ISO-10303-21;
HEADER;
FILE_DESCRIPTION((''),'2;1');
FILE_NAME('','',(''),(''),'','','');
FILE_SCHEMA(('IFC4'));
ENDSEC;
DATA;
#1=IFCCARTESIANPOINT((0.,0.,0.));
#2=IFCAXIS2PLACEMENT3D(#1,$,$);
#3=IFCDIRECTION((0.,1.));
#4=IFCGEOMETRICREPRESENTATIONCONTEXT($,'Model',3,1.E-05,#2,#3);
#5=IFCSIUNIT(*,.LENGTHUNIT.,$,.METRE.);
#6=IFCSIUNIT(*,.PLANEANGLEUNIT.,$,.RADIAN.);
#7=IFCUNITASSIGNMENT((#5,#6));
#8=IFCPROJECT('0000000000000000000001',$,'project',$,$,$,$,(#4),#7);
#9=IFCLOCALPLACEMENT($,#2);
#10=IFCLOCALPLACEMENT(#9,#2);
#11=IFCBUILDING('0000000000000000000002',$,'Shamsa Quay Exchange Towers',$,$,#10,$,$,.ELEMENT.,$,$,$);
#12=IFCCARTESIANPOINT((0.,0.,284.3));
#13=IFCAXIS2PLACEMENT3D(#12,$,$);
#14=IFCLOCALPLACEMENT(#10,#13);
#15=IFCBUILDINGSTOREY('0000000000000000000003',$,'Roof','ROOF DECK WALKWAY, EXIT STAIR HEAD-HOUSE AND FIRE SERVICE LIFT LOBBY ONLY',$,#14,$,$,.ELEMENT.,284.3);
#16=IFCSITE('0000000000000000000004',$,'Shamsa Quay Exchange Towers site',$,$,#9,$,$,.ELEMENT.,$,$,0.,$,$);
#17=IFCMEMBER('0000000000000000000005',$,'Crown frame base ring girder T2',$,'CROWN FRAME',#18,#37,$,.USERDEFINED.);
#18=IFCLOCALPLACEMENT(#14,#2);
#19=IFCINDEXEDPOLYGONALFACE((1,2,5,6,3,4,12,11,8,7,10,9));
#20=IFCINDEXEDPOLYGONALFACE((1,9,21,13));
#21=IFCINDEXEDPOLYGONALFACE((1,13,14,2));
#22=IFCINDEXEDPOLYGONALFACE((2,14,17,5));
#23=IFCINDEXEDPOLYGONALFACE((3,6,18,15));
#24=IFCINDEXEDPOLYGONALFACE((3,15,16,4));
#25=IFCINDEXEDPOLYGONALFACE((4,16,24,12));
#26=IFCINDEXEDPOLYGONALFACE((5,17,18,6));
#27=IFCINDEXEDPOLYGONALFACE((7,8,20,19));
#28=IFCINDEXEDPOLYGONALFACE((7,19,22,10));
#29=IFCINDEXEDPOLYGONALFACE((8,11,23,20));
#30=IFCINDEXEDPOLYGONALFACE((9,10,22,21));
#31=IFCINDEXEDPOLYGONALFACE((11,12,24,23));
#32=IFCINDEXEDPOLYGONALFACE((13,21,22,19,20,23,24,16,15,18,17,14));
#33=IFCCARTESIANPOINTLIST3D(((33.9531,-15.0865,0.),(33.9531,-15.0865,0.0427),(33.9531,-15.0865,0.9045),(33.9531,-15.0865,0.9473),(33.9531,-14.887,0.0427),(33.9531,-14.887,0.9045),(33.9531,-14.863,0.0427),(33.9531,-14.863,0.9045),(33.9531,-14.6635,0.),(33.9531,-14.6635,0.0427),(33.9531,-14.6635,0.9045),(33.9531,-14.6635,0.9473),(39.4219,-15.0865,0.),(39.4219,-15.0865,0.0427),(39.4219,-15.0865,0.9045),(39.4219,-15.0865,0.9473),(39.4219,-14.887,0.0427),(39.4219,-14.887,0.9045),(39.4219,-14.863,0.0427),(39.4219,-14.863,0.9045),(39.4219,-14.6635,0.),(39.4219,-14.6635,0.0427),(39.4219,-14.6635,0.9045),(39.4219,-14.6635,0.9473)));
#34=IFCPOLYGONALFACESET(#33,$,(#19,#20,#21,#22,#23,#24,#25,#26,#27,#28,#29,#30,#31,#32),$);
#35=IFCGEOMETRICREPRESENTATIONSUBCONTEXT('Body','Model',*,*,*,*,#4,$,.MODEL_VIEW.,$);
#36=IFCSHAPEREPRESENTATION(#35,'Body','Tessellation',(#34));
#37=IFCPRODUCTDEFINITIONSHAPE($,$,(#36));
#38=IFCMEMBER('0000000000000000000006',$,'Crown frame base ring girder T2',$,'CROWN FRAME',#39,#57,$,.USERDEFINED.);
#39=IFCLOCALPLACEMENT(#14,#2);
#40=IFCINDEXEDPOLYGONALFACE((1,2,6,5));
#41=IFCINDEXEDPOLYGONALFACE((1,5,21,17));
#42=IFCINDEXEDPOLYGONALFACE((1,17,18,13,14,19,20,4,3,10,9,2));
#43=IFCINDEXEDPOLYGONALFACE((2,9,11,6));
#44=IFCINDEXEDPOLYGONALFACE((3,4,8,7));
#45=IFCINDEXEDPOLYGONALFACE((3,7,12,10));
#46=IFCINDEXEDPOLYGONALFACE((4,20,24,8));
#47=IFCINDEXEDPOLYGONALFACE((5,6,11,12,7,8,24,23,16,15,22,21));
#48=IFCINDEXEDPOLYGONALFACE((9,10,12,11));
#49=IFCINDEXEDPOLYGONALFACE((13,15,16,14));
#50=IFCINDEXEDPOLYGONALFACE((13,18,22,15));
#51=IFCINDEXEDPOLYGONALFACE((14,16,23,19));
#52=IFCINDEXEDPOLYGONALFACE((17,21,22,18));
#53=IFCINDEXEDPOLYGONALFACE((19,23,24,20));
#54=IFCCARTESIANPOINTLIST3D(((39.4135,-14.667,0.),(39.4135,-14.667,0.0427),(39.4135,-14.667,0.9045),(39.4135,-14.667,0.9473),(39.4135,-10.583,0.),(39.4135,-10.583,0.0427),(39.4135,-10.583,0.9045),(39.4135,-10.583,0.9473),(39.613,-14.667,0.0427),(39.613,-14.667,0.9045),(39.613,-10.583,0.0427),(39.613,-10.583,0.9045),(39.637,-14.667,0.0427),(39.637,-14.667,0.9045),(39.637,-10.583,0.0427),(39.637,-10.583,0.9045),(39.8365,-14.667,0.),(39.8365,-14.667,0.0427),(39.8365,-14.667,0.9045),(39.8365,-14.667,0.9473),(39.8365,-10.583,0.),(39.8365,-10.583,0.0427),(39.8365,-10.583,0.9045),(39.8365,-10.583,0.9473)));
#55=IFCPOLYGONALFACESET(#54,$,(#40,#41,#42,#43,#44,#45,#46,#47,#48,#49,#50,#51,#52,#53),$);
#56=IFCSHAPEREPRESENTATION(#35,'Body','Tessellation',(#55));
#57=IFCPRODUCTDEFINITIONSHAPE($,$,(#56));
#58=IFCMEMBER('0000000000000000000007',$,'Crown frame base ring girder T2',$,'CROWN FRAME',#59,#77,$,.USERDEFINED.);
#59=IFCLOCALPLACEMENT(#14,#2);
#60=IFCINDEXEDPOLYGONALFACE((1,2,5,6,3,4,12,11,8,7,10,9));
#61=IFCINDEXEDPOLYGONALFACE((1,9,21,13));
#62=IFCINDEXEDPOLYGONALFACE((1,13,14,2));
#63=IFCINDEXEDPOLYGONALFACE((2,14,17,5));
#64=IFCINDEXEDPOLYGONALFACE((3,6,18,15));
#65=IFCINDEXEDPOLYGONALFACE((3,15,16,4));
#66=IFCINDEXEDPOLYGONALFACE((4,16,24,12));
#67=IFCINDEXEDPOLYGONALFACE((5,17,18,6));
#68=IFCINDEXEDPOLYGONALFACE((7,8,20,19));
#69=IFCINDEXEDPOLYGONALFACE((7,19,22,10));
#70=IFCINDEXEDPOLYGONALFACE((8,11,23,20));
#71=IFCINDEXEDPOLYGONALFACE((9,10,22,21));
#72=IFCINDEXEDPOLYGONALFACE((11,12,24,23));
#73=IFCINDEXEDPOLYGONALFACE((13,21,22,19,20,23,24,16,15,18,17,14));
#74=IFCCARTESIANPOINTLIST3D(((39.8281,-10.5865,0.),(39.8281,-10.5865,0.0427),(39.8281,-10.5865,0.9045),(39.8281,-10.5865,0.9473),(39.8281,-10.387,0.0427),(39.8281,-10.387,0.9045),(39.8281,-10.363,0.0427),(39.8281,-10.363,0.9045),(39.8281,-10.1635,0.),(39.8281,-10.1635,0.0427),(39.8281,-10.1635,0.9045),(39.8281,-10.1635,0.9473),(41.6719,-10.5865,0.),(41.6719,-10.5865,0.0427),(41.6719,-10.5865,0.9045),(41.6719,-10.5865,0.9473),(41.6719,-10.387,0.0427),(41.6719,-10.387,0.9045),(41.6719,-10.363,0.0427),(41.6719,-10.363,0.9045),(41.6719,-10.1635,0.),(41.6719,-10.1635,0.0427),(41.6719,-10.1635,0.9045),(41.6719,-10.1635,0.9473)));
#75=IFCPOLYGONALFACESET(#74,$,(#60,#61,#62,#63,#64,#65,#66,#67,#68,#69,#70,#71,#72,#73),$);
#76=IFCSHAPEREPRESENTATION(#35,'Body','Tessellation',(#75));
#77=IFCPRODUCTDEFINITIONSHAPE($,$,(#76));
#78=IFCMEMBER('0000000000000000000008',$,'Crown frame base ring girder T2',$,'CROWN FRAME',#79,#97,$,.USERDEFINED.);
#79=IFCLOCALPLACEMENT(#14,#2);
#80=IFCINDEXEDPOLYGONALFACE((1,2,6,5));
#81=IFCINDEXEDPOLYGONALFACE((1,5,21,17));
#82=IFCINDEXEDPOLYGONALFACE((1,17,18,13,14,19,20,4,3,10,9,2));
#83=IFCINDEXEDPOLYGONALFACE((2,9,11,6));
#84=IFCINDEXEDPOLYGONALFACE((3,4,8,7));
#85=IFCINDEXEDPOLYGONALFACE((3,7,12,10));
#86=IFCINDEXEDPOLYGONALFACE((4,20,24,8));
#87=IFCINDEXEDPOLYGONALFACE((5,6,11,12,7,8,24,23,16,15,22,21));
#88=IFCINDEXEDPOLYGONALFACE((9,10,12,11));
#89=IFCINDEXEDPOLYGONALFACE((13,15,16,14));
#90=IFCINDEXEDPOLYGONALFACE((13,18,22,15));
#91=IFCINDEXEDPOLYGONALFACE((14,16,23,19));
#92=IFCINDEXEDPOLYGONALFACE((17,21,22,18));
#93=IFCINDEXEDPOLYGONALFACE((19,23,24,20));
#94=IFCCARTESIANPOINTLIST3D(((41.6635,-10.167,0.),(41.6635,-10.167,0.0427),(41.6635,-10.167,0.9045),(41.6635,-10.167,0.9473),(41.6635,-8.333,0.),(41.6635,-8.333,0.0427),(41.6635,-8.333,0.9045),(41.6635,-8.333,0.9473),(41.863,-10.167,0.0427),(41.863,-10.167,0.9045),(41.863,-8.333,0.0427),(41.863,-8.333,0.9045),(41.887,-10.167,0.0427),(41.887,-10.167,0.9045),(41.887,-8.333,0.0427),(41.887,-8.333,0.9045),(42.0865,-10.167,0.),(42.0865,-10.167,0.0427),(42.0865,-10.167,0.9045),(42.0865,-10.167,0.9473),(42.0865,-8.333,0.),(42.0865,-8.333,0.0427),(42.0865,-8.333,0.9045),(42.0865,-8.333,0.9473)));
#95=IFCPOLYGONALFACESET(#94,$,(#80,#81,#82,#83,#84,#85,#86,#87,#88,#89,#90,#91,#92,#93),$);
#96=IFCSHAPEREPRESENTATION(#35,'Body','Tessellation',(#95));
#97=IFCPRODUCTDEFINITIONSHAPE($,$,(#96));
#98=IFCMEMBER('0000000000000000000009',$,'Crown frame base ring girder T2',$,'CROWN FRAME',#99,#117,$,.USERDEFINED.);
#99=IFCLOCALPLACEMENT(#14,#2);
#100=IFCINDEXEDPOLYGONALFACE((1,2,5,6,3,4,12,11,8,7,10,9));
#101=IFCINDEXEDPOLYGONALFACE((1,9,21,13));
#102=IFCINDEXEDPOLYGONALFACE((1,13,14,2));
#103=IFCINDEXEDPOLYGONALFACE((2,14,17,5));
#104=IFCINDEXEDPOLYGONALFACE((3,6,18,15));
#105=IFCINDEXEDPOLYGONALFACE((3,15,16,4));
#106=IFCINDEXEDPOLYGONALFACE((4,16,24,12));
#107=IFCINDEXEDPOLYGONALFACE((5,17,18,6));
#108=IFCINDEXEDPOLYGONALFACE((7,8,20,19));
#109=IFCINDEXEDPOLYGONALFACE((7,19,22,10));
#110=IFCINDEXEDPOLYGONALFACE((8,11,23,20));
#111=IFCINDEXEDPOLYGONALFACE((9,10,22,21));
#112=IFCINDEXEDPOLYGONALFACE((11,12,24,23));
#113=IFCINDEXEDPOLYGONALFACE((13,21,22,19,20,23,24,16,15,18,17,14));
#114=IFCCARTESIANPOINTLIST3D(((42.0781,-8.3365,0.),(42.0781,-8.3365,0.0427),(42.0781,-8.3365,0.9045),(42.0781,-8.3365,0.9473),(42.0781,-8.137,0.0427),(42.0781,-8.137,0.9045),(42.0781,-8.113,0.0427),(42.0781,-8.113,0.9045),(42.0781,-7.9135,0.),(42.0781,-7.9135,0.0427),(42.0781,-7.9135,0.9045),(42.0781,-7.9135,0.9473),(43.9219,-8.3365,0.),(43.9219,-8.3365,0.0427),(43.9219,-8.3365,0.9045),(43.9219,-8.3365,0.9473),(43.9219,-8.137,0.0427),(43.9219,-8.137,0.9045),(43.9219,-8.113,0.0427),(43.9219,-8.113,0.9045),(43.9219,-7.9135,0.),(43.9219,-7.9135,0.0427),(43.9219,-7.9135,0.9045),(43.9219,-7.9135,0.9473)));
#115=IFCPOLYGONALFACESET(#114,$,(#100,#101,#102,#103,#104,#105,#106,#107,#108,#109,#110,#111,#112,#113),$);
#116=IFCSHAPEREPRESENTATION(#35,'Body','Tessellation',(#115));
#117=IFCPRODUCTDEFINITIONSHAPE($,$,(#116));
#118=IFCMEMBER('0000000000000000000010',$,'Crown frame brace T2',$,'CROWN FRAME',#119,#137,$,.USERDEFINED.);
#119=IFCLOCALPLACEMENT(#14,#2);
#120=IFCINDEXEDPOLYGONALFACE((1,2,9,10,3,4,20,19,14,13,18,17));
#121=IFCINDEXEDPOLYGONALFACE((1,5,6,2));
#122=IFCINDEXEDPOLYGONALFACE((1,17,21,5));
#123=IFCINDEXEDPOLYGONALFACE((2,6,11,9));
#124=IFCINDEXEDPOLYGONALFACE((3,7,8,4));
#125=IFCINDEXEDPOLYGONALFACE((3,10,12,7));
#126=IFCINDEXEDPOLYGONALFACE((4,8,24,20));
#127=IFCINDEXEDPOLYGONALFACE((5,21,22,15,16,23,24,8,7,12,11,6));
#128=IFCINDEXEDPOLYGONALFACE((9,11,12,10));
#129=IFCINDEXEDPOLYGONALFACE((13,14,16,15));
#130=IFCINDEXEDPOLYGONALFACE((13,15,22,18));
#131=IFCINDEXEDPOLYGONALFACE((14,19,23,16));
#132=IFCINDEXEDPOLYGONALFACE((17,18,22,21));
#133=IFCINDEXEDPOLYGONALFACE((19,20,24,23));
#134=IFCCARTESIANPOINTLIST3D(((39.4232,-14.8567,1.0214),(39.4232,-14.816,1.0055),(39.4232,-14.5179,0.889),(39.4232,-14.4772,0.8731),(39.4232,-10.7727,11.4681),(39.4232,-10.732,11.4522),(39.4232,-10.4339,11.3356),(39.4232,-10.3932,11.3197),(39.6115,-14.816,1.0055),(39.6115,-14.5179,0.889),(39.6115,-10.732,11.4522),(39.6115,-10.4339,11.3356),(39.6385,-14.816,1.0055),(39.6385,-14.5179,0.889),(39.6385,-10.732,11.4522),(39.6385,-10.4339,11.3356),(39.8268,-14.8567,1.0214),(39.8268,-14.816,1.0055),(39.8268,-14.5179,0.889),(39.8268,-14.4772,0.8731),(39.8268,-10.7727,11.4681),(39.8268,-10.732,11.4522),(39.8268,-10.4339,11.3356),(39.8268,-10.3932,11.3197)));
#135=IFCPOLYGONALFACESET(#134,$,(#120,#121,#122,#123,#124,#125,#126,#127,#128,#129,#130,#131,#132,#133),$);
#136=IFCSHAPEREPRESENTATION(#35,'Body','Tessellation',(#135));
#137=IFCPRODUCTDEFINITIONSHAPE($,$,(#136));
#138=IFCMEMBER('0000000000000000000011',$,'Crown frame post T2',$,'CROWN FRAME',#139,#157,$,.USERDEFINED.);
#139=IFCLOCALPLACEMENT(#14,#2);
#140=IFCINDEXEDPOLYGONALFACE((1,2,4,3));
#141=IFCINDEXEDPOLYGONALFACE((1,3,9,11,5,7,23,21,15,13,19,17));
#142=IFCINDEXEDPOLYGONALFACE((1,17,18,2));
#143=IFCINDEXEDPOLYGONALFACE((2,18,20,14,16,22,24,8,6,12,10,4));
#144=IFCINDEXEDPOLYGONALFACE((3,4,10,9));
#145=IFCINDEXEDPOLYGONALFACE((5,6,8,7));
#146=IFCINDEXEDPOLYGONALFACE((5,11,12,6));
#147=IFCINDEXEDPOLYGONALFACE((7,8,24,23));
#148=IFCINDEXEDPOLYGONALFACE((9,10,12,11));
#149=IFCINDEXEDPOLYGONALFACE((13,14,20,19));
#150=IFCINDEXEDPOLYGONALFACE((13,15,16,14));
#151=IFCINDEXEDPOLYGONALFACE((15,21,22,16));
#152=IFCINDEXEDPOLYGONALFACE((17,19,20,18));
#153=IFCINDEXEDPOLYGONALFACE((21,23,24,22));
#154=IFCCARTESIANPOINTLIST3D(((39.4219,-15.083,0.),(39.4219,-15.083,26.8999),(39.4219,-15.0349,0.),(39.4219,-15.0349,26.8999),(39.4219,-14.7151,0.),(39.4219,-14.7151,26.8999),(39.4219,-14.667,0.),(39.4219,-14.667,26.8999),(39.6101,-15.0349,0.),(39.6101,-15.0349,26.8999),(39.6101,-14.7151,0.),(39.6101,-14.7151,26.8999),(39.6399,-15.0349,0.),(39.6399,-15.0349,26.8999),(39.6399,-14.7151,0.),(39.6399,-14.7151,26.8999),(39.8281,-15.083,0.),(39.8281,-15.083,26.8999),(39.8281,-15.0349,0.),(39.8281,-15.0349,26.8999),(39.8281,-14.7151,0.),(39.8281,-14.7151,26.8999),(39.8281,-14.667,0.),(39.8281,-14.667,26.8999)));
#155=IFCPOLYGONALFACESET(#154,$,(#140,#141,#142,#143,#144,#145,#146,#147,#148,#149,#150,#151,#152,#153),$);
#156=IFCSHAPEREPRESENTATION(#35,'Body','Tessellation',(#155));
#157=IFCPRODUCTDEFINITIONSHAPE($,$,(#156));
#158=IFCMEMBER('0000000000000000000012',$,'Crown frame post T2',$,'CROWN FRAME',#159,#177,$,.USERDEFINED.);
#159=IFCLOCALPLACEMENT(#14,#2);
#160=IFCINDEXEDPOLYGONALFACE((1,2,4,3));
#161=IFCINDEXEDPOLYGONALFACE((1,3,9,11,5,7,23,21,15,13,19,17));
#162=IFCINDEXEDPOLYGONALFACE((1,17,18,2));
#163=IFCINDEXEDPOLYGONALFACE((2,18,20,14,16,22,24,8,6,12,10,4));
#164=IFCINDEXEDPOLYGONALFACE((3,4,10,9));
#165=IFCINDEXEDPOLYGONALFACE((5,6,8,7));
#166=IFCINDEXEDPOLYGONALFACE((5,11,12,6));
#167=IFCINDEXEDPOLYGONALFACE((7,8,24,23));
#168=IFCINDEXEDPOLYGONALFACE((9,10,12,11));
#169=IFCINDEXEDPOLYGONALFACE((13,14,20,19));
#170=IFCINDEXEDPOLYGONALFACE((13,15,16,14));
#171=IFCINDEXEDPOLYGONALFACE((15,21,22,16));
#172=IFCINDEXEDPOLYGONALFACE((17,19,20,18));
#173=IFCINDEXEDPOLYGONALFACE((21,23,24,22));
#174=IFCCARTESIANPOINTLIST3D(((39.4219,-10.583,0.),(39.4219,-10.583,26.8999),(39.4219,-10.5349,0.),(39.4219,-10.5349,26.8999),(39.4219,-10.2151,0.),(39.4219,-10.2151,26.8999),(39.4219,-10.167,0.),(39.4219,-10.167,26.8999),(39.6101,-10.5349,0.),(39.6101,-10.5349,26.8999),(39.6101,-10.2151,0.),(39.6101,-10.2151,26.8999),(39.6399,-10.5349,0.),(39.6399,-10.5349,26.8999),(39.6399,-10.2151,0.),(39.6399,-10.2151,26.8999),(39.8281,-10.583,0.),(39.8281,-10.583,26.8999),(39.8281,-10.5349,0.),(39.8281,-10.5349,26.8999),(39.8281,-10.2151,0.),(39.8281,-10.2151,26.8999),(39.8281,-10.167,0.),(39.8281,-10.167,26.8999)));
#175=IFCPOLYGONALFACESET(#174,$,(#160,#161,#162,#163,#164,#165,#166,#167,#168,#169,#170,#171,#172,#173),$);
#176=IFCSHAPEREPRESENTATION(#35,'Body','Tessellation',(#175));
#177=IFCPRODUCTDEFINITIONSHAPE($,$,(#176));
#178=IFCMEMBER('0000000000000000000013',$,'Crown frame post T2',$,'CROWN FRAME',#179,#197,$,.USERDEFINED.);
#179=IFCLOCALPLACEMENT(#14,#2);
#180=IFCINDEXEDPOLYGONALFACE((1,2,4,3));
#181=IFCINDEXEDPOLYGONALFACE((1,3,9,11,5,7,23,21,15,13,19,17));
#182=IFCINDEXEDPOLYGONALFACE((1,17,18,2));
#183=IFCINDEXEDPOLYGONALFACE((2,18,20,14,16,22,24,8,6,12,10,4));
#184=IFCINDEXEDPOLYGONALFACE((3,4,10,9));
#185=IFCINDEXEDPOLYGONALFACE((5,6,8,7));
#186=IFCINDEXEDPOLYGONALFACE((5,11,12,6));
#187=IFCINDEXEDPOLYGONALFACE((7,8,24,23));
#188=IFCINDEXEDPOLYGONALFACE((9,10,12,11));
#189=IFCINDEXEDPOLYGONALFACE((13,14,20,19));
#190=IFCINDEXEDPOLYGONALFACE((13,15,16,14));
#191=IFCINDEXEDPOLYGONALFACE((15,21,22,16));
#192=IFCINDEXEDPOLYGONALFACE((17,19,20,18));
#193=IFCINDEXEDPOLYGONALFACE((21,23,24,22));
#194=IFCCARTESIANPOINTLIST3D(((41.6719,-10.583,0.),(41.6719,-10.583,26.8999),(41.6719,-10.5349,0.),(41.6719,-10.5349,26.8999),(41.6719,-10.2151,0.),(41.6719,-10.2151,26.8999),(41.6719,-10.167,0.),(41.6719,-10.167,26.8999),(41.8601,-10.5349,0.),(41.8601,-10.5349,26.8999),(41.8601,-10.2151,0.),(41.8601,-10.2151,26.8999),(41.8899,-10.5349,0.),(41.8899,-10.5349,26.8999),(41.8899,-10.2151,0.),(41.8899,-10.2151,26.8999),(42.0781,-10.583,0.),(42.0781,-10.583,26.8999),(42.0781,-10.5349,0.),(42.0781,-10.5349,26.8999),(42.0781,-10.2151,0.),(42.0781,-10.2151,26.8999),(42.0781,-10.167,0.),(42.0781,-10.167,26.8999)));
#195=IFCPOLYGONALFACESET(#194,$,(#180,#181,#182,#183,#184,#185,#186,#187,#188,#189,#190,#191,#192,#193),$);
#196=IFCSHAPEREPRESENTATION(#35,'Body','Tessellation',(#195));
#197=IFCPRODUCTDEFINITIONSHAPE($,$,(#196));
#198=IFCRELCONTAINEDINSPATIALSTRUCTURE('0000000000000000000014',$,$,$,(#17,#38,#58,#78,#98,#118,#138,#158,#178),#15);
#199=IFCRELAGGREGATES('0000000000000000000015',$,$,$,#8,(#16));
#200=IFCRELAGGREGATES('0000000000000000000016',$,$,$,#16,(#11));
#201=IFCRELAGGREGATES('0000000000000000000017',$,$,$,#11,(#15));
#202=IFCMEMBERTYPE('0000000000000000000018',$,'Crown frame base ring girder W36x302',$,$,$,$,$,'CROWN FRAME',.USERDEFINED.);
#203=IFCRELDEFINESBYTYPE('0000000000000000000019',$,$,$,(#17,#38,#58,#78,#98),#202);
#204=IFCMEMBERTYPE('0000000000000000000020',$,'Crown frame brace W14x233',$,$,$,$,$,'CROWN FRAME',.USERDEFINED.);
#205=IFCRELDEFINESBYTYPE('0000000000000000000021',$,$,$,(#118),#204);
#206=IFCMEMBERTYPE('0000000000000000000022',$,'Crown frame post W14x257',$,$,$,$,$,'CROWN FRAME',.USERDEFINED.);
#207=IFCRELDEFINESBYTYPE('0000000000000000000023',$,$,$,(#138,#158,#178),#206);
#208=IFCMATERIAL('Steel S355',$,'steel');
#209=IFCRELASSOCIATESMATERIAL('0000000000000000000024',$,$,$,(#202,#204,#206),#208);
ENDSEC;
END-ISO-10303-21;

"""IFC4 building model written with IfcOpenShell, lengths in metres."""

from ifc_helpers import new_model, si_unit, direction, frame, origin, origin_2d, place, context, subcontext, project, spatial, i_section, extrude, material, material_profile, profile_set, type_object, element, save


model = new_model("IFC4")

# Units and contexts
model_context = context("Model", 3, precision=1e-05, world=origin(), true_north=direction((0.0, 1.0)))
body_context = subcontext(model_context, "Body", "Model", "MODEL_VIEW")
ifc_project = project(units=[si_unit("LENGTHUNIT", "METRE"), si_unit("PLANEANGLEUNIT", "RADIAN")], contexts=[model_context])

# Site, building, storey
site_placement = place(None, origin())
site = spatial("IfcSite", under=ifc_project, at=site_placement, Name="Shamsa Quay Exchange Towers site", CompositionType="ELEMENT", RefElevation=0.0)
building_placement = place(site_placement, origin())
building = spatial("IfcBuilding", under=site, at=building_placement, Name="Shamsa Quay Exchange Towers", CompositionType="ELEMENT")
storey_placement = place(building_placement, frame((0.0, 0.0, 284.3)))
storey = spatial("IfcBuildingStorey", under=building, at=storey_placement, Name="Roof", Description="ROOF DECK WALKWAY, EXIT STAIR HEAD-HOUSE AND FIRE SERVICE LIFT LOBBY ONLY", CompositionType="ELEMENT", Elevation=284.3)

# Members
ifc_material_1 = material(Name="Steel S355", Category="steel")
ifc_material_profile_1 = material_profile(ifc_material_1, i_section(OverallWidth=0.4231, OverallDepth=0.9473, WebThickness=0.0239, FlangeThickness=0.0427, at=origin_2d()), Name="W36x302")
ifc_profile_set_1 = profile_set([ifc_material_profile_1], Name="Steel S355")
member_type_1 = type_object("IfcMemberType", Name="Crown frame base ring girder W36x302", ElementType="CROWN FRAME", PredefinedType="USERDEFINED", material=ifc_profile_set_1)
member_1_placement = place(storey_placement, frame((33.9531, -14.875, 0.4736), z_axis=(1.0, 0.0, 0.0), x_axis=(0.0, 1.0, 0.0)))
element("IfcMember", 1, at=member_1_placement, inside=storey, type_object=member_type_1, Name="Crown frame base ring girder T2", ObjectType="CROWN FRAME", PredefinedType="USERDEFINED", context=body_context, shape_type="SweptSolid", body=[
    extrude(i_section(OverallWidth=0.4231, OverallDepth=0.9473, WebThickness=0.0239, FlangeThickness=0.0427, at=origin_2d()), origin(), (0.0, 0.0, 1.0), 5.4688),
])
member_2_placement = place(storey_placement, frame((39.625, -14.667, 0.4736), z_axis=(0.0, 1.0, 0.0), x_axis=(-1.0, 0.0, 0.0)))
element("IfcMember", 2, at=member_2_placement, inside=storey, type_object=member_type_1, Name="Crown frame base ring girder T2", ObjectType="CROWN FRAME", PredefinedType="USERDEFINED", context=body_context, shape_type="SweptSolid", body=[
    extrude(i_section(OverallWidth=0.4231, OverallDepth=0.9473, WebThickness=0.0239, FlangeThickness=0.0427, at=origin_2d()), origin(), (0.0, 0.0, 1.0), 4.084),
])
member_3_placement = place(storey_placement, frame((39.8281, -10.375, 0.4736), z_axis=(1.0, 0.0, 0.0), x_axis=(0.0, 1.0, 0.0)))
element("IfcMember", 3, at=member_3_placement, inside=storey, type_object=member_type_1, Name="Crown frame base ring girder T2", ObjectType="CROWN FRAME", PredefinedType="USERDEFINED", context=body_context, shape_type="SweptSolid", body=[
    extrude(i_section(OverallWidth=0.4231, OverallDepth=0.9473, WebThickness=0.0239, FlangeThickness=0.0427, at=origin_2d()), origin(), (0.0, 0.0, 1.0), 1.8438),
])
member_4_placement = place(storey_placement, frame((41.875, -10.167, 0.4736), z_axis=(0.0, 1.0, 0.0), x_axis=(-1.0, 0.0, 0.0)))
element("IfcMember", 4, at=member_4_placement, inside=storey, type_object=member_type_1, Name="Crown frame base ring girder T2", ObjectType="CROWN FRAME", PredefinedType="USERDEFINED", context=body_context, shape_type="SweptSolid", body=[
    extrude(i_section(OverallWidth=0.4231, OverallDepth=0.9473, WebThickness=0.0239, FlangeThickness=0.0427, at=origin_2d()), origin(), (0.0, 0.0, 1.0), 1.834),
])
member_5_placement = place(storey_placement, frame((42.0781, -8.125, 0.4736), z_axis=(1.0, 0.0, 0.0), x_axis=(0.0, 1.0, 0.0)))
element("IfcMember", 5, at=member_5_placement, inside=storey, type_object=member_type_1, Name="Crown frame base ring girder T2", ObjectType="CROWN FRAME", PredefinedType="USERDEFINED", context=body_context, shape_type="SweptSolid", body=[
    extrude(i_section(OverallWidth=0.4231, OverallDepth=0.9473, WebThickness=0.0239, FlangeThickness=0.0427, at=origin_2d()), origin(), (0.0, 0.0, 1.0), 1.8438),
])
ifc_material_profile_2 = material_profile(ifc_material_1, i_section(OverallWidth=0.4036, OverallDepth=0.4075, WebThickness=0.0271, FlangeThickness=0.0437, at=origin_2d()), Name="W14x233")
ifc_profile_set_2 = profile_set([ifc_material_profile_2], Name="Steel S355")
member_type_2 = type_object("IfcMemberType", Name="Crown frame brace W14x233", ElementType="CROWN FRAME", PredefinedType="USERDEFINED", material=ifc_profile_set_2)
member_6_placement = place(storey_placement, frame((39.625, -14.667, 0.9473), z_axis=(0.0, 0.364106, 0.931357), x_axis=(-1.0, 0.0, 0.0)))
element("IfcMember", 6, at=member_6_placement, inside=storey, type_object=member_type_2, Name="Crown frame brace T2", ObjectType="CROWN FRAME", PredefinedType="USERDEFINED", context=body_context, shape_type="SweptSolid", body=[
    extrude(i_section(OverallWidth=0.4036, OverallDepth=0.4075, WebThickness=0.0271, FlangeThickness=0.0437, at=origin_2d()), origin(), (0.0, 0.0, 1.0), 11.2166),
])
ifc_material_profile_3 = material_profile(ifc_material_1, i_section(OverallWidth=0.4062, OverallDepth=0.416, WebThickness=0.0298, FlangeThickness=0.0481, at=origin_2d()), Name="W14x257")
ifc_profile_set_3 = profile_set([ifc_material_profile_3], Name="Steel S355")
member_type_3 = type_object("IfcMemberType", Name="Crown frame post W14x257", ElementType="CROWN FRAME", PredefinedType="USERDEFINED", material=ifc_profile_set_3)
for number, where, name in (
    (7, (39.625, -14.875, 0.0), "Crown frame post T2"),
    (8, (39.625, -10.375, 0.0), "Crown frame post T2"),
    (9, (41.875, -10.375, 0.0), "Crown frame post T2"),
):
    element("IfcMember", number, at=place(storey_placement, frame(where)), inside=storey, type_object=member_type_3, Name=name, ObjectType="CROWN FRAME", PredefinedType="USERDEFINED", context=body_context, shape_type="SweptSolid", body=[
        extrude(i_section(OverallWidth=0.4062, OverallDepth=0.416, WebThickness=0.0298, FlangeThickness=0.0481, at=origin_2d()), origin(), (0.0, 0.0, 1.0), 26.8999),
    ])

save(model, "model.ifc")
